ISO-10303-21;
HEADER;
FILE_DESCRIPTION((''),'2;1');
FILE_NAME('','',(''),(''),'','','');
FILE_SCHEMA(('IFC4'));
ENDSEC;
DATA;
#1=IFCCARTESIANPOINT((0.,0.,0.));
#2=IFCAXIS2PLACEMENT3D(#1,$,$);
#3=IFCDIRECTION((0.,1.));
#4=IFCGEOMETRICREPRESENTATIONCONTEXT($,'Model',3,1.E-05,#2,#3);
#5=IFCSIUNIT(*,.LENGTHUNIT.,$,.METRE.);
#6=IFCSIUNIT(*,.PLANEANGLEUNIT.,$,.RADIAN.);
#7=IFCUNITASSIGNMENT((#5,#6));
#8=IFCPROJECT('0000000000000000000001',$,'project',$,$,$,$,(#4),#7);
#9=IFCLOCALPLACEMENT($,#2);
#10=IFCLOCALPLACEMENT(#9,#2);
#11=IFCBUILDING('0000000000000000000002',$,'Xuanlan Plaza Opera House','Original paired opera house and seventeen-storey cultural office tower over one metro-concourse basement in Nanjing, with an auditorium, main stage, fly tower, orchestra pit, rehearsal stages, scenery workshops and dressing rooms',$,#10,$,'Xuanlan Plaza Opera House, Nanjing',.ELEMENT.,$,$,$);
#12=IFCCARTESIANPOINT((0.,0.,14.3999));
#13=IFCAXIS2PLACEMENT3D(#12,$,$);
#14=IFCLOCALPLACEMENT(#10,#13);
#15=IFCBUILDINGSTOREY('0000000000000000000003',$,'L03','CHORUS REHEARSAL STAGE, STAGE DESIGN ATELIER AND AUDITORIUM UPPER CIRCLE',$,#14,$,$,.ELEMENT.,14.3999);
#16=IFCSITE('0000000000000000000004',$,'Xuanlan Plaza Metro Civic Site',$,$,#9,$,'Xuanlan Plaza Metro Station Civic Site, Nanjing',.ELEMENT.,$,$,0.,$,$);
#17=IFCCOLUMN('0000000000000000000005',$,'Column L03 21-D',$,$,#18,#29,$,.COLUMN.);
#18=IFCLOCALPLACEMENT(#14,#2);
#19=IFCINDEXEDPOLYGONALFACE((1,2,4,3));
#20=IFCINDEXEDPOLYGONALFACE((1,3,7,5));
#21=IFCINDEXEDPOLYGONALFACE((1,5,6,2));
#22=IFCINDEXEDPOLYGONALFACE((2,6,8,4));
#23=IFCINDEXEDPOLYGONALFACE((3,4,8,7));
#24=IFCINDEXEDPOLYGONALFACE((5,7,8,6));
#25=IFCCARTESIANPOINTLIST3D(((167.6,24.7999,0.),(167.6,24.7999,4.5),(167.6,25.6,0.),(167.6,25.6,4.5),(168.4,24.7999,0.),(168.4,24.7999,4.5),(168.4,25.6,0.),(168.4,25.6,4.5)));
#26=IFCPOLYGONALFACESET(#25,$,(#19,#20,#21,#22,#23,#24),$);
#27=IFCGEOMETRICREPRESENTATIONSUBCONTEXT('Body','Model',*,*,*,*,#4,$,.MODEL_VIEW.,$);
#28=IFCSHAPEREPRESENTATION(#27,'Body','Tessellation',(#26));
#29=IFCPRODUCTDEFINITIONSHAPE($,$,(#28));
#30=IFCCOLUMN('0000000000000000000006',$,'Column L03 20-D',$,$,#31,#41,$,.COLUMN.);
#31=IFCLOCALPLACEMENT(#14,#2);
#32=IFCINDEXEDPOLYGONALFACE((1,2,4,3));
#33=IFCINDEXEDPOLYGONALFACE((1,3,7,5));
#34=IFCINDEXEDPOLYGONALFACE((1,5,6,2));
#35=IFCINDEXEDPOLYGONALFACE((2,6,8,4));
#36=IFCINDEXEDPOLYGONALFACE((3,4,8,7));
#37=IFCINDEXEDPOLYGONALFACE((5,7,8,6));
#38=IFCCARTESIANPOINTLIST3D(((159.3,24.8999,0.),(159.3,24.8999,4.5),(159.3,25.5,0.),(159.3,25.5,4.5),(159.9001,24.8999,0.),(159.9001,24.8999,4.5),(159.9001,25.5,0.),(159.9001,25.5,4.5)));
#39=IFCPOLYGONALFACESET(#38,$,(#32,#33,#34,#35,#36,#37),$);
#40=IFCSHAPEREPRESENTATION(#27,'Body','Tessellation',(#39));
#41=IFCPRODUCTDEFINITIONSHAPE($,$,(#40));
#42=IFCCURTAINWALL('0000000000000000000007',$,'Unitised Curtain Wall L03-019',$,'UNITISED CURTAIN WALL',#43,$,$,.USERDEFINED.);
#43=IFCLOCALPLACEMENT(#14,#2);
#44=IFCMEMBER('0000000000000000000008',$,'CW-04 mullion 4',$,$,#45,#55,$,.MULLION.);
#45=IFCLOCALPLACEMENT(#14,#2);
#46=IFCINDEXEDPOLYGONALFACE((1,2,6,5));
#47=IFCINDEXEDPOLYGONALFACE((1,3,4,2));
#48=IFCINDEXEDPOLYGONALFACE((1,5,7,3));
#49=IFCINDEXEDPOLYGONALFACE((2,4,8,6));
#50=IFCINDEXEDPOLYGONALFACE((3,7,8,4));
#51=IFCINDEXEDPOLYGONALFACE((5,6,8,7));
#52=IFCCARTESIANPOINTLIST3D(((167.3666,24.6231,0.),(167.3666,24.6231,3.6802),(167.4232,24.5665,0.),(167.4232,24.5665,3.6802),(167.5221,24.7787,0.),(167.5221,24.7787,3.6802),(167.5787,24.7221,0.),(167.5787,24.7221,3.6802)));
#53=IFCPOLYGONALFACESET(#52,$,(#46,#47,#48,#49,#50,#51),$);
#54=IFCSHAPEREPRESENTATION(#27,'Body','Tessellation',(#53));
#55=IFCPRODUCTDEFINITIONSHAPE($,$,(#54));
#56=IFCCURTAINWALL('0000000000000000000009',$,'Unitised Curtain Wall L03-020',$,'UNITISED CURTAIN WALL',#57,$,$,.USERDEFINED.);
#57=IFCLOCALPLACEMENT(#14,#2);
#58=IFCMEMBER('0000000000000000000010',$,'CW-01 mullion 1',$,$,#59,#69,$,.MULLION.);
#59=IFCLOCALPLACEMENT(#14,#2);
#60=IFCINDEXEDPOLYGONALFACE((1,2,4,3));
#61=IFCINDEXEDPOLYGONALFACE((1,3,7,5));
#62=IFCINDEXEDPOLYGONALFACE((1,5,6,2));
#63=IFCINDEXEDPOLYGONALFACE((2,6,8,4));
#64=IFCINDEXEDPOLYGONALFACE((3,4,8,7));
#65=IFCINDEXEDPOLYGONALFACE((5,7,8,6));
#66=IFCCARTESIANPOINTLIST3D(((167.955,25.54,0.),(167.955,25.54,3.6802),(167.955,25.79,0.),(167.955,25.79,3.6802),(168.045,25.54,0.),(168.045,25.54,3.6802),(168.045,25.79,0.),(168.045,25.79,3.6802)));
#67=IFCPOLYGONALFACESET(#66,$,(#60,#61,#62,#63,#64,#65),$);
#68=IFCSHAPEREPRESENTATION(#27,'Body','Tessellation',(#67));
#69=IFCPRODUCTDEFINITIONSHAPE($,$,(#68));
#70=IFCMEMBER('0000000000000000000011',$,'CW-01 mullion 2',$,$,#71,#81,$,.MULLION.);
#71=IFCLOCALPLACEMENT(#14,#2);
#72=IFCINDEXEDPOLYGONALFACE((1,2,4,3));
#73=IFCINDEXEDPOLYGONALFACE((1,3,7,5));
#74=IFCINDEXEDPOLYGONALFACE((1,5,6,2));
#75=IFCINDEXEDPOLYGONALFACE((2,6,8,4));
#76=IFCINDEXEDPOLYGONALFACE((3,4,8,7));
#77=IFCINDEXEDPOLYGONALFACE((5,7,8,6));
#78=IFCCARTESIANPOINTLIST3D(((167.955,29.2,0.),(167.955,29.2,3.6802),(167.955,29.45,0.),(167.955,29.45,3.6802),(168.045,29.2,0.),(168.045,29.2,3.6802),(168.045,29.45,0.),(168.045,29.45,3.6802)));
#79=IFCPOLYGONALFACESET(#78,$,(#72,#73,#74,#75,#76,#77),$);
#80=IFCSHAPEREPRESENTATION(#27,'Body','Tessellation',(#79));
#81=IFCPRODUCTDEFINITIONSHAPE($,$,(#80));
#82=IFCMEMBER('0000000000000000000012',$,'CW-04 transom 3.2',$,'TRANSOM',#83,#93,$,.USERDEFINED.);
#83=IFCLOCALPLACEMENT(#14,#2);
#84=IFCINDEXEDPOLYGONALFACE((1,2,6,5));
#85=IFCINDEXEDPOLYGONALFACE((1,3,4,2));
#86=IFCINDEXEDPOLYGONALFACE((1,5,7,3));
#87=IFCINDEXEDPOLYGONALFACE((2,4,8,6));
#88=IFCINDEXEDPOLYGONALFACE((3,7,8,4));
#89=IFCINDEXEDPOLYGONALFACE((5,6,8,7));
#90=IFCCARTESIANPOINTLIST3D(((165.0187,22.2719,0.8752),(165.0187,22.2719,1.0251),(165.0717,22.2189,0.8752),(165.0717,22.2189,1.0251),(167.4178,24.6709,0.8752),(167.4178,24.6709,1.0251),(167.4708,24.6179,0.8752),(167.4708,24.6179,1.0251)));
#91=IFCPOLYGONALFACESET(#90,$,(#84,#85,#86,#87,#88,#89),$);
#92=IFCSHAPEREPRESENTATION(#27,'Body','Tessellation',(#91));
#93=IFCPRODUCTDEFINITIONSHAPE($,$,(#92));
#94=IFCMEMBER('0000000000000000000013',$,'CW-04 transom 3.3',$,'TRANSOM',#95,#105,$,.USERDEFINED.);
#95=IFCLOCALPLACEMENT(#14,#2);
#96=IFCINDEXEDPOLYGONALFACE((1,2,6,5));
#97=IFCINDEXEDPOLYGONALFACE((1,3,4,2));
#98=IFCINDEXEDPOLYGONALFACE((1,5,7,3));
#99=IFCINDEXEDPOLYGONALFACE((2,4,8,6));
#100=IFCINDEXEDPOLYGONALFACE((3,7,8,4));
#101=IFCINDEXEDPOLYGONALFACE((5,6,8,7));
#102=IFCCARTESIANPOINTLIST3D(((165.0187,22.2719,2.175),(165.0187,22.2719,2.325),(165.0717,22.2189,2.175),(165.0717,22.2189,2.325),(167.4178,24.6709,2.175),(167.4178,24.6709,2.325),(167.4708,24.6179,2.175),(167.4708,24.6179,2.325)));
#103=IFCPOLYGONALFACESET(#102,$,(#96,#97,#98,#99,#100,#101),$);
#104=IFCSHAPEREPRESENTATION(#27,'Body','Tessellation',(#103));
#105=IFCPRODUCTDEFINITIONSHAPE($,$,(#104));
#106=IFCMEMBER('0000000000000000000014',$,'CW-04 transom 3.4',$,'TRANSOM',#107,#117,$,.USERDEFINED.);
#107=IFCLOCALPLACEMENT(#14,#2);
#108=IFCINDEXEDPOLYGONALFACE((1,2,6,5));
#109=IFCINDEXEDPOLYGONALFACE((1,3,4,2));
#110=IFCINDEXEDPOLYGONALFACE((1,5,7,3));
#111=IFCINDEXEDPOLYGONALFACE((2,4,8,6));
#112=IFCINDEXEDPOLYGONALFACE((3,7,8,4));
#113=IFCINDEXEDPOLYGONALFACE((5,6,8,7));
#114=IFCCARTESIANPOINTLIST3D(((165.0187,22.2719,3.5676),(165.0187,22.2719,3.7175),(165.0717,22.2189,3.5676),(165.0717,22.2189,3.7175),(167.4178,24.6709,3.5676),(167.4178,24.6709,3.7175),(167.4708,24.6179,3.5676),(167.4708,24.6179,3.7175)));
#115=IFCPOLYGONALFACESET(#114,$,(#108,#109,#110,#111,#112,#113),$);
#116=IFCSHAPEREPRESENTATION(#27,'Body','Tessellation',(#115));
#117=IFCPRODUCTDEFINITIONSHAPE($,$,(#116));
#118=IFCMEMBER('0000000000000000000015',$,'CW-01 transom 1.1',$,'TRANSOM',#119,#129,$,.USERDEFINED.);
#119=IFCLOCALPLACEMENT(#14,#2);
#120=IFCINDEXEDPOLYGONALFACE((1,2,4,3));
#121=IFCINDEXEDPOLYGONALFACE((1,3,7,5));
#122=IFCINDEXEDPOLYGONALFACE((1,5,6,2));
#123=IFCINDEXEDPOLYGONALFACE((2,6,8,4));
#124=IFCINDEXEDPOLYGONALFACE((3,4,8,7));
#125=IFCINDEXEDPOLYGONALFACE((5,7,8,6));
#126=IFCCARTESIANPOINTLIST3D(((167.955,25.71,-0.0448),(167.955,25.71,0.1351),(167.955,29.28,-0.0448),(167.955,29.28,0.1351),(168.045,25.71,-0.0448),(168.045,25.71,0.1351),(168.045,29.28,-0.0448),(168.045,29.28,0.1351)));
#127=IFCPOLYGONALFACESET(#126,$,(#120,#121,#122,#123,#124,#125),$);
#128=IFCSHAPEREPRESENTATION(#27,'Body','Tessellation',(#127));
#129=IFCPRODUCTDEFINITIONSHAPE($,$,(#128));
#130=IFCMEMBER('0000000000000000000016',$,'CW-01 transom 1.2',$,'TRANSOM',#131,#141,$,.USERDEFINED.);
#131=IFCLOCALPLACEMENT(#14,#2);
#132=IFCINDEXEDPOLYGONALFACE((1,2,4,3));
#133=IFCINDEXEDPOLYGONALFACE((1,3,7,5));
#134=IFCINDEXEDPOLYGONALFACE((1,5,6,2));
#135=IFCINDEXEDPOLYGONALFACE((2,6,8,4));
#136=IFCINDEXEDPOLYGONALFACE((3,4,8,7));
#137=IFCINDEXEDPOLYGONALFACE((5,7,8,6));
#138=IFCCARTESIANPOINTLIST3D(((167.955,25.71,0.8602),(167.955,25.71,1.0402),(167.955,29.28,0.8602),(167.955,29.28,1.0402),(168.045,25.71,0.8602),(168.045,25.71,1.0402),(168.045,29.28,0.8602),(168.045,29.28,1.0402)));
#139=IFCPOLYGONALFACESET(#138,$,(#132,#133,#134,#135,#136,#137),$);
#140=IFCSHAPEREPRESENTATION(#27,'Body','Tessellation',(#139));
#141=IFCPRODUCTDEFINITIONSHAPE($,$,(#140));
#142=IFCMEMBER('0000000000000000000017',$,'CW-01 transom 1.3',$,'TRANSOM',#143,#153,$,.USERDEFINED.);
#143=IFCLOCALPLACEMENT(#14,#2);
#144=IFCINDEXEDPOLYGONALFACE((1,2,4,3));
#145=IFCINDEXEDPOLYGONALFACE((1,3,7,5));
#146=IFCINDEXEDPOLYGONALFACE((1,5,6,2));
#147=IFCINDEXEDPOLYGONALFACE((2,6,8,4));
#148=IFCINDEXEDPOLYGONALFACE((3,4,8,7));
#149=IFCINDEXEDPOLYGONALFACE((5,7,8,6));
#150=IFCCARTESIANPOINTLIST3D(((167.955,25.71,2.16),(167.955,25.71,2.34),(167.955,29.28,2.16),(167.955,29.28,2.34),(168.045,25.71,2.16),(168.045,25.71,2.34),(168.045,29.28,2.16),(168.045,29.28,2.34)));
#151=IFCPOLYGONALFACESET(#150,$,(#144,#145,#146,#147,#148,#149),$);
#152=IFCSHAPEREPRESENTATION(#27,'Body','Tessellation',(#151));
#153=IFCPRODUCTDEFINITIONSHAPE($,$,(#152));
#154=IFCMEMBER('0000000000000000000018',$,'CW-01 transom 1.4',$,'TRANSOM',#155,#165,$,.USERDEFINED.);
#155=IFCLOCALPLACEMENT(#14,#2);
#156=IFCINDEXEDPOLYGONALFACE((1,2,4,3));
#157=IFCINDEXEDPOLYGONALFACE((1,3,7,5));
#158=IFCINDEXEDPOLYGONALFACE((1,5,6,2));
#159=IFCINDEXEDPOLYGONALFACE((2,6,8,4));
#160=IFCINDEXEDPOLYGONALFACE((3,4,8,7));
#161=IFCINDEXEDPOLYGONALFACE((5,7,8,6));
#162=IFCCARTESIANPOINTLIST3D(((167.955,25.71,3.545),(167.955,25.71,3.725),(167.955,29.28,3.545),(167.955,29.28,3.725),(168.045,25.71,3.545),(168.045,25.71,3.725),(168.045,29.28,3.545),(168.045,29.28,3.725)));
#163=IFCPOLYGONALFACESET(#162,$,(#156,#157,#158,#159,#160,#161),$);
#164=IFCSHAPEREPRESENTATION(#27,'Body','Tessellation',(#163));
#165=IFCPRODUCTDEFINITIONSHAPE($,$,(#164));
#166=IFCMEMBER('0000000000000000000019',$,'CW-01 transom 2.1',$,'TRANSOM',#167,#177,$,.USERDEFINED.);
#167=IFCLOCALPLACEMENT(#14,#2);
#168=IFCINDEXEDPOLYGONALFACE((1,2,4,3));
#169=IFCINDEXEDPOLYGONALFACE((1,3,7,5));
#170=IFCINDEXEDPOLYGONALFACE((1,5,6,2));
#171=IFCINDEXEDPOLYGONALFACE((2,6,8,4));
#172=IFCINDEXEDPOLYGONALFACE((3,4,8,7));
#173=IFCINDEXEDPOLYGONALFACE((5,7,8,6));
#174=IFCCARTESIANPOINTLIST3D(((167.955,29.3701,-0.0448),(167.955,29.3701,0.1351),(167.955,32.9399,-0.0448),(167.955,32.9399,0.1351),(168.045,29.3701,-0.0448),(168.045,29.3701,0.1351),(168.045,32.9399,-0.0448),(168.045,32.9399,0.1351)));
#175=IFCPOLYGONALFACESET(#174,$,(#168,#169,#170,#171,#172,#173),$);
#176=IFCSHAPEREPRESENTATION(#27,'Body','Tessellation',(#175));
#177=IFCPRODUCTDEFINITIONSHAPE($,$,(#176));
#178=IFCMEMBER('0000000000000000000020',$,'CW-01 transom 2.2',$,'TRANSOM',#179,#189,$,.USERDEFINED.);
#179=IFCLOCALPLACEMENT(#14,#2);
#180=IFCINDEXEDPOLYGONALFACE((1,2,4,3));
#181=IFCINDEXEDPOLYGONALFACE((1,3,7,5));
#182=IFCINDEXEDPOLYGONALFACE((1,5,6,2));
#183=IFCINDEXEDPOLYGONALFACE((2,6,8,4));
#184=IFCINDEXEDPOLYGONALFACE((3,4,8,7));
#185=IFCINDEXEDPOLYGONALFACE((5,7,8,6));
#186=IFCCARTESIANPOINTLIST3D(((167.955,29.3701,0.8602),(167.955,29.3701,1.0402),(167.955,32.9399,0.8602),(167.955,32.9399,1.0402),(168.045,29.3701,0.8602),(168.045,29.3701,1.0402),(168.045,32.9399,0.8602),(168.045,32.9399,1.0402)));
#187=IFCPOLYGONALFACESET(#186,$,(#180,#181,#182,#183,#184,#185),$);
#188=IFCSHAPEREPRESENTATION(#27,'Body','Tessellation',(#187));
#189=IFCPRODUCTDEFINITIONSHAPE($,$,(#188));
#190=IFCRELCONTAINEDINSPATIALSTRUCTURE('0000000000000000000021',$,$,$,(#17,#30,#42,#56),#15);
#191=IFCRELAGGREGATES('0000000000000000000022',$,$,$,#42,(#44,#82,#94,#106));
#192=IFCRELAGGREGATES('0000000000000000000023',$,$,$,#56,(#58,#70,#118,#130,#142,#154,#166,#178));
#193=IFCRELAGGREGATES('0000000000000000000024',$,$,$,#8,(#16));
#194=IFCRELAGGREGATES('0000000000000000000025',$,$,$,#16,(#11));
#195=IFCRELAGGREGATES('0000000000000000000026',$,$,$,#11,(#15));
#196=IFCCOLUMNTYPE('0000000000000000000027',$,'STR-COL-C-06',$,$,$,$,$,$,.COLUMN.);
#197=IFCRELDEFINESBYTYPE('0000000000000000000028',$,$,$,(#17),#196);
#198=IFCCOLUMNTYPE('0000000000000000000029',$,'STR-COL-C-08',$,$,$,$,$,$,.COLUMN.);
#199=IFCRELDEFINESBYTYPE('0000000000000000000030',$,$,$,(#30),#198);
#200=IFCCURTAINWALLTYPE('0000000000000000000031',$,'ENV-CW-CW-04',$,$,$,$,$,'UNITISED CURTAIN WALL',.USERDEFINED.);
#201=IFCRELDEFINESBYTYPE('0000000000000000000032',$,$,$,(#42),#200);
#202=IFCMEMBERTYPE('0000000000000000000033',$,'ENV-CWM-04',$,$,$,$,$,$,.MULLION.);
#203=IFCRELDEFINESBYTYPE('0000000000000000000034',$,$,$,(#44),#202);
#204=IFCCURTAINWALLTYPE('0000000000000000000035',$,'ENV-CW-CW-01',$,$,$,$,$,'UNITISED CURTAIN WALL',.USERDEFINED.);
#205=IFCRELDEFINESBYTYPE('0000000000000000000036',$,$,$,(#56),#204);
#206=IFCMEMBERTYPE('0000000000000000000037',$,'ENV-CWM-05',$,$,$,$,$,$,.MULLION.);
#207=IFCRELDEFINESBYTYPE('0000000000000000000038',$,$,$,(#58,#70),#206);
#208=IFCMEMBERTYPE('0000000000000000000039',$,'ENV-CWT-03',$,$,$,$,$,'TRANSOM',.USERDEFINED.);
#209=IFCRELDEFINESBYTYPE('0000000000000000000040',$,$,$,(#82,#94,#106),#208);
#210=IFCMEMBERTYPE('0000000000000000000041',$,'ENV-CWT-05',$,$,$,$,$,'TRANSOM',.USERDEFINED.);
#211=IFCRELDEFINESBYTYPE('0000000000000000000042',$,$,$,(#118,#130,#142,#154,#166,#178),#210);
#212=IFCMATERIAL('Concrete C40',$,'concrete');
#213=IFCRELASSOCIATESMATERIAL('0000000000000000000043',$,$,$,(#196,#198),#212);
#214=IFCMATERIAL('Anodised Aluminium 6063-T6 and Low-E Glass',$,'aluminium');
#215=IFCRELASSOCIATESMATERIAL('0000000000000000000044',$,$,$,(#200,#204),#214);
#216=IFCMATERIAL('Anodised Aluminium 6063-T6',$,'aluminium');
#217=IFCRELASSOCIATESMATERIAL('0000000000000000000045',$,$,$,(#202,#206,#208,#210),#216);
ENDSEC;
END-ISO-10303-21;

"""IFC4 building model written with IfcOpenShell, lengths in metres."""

from ifc_helpers import new_model, si_unit, direction, frame, origin, origin_2d, place, context, subcontext, project, spatial, rectangle, extrude, material, material_profile, profile_set, type_object, element, aggregate, save


model = new_model("IFC4")

# Units and contexts
model_context = context("Model", 3, precision=1e-05, world=origin(), true_north=direction((0.0, 1.0)))
body_context = subcontext(model_context, "Body", "Model", "MODEL_VIEW")
ifc_project = project(units=[si_unit("LENGTHUNIT", "METRE"), si_unit("PLANEANGLEUNIT", "RADIAN")], contexts=[model_context])

# Site, building, storey
site_placement = place(None, origin())
site = spatial("IfcSite", under=ifc_project, at=site_placement, Name="Xuanlan Plaza Metro Civic Site", LongName="Xuanlan Plaza Metro Station Civic Site, Nanjing", CompositionType="ELEMENT", RefElevation=0.0)
building_placement = place(site_placement, origin())
building = spatial("IfcBuilding", under=site, at=building_placement, Name="Xuanlan Plaza Opera House", Description="Original paired opera house and seventeen-storey cultural office tower over one metro-concourse basement in Nanjing, with an auditorium, main stage, fly tower, orchestra pit, rehearsal stages, scenery workshops and dressing rooms", LongName="Xuanlan Plaza Opera House, Nanjing", CompositionType="ELEMENT")
storey_placement = place(building_placement, frame((0.0, 0.0, 14.3999)))
storey = spatial("IfcBuildingStorey", under=building, at=storey_placement, Name="L03", Description="CHORUS REHEARSAL STAGE, STAGE DESIGN ATELIER AND AUDITORIUM UPPER CIRCLE", CompositionType="ELEMENT", Elevation=14.3999)

# Columns
ifc_material_1 = material(Name="Concrete C40", Category="concrete")
ifc_material_profile_1 = material_profile(ifc_material_1, rectangle(XDim=0.8, YDim=0.8, at=origin_2d()), Name="RC-COL 800x800")
ifc_profile_set_1 = profile_set([ifc_material_profile_1], Name="Concrete C40")
column_type_1 = type_object("IfcColumnType", Name="STR-COL-C-06", PredefinedType="COLUMN", material=ifc_profile_set_1)
column_1_placement = place(storey_placement, frame((168.0, 25.2, 0.0), z_axis=(0.0, 0.0, 1.0), x_axis=(1.0, 0.0, 0.0)))
element("IfcColumn", 1, at=column_1_placement, inside=storey, type_object=column_type_1, Name="Column L03 21-D", PredefinedType="COLUMN", context=body_context, shape_type="SweptSolid", body=[
    extrude(rectangle(XDim=0.8, YDim=0.8, at=origin_2d()), origin(), (0.0, 0.0, 1.0), 4.5),
])
ifc_material_profile_2 = material_profile(ifc_material_1, rectangle(XDim=0.6001, YDim=0.6001, at=origin_2d()), Name="RC-COL 600x600")
ifc_profile_set_2 = profile_set([ifc_material_profile_2], Name="Concrete C40")
column_type_2 = type_object("IfcColumnType", Name="STR-COL-C-08", PredefinedType="COLUMN", material=ifc_profile_set_2)
column_2_placement = place(storey_placement, frame((159.6001, 25.2, 0.0), z_axis=(0.0, 0.0, 1.0), x_axis=(1.0, 0.0, 0.0)))
element("IfcColumn", 2, at=column_2_placement, inside=storey, type_object=column_type_2, Name="Column L03 20-D", PredefinedType="COLUMN", context=body_context, shape_type="SweptSolid", body=[
    extrude(rectangle(XDim=0.6001, YDim=0.6001, at=origin_2d()), origin(), (0.0, 0.0, 1.0), 4.5),
])

# Curtain wall, member
ifc_material_2 = material(Name="Anodised Aluminium 6063-T6 and Low-E Glass", Category="aluminium")
curtain_wall_type_1 = type_object("IfcCurtainWallType", Name="ENV-CW-CW-04", ElementType="UNITISED CURTAIN WALL", PredefinedType="USERDEFINED", material=ifc_material_2)
curtain_wall_1_placement = place(storey_placement, origin())
curtain_wall_1 = element("IfcCurtainWall", 3, at=curtain_wall_1_placement, inside=storey, type_object=curtain_wall_type_1, Name="Unitised Curtain Wall L03-019", ObjectType="UNITISED CURTAIN WALL", PredefinedType="USERDEFINED")
ifc_material_3 = material(Name="Anodised Aluminium 6063-T6", Category="aluminium")
ifc_material_profile_3 = material_profile(ifc_material_3, rectangle(XDim=0.0801, YDim=0.22, at=origin_2d()), Name="ALU-M 80x220")
ifc_profile_set_3 = profile_set([ifc_material_profile_3], Name="Anodised Aluminium 6063-T6")
member_type_1 = type_object("IfcMemberType", Name="ENV-CWM-04", PredefinedType="MULLION", material=ifc_profile_set_3)
member_1_placement = place(storey_placement, frame((167.4727, 24.6726, 0.0), z_axis=(0.0, 0.0, 1.0), x_axis=(-0.707107, 0.707107, 0.0)))
member_1 = element("IfcMember", 4, at=member_1_placement, type_object=member_type_1, Name="CW-04 mullion 4", PredefinedType="MULLION", context=body_context, shape_type="SweptSolid", body=[
    extrude(rectangle(XDim=0.0801, YDim=0.22, at=origin_2d()), origin(), (0.0, 0.0, 1.0), 3.6802),
])

# Curtain wall, members
curtain_wall_type_2 = type_object("IfcCurtainWallType", Name="ENV-CW-CW-01", ElementType="UNITISED CURTAIN WALL", PredefinedType="USERDEFINED", material=ifc_material_2)
curtain_wall_2_placement = place(storey_placement, origin())
curtain_wall_2 = element("IfcCurtainWall", 5, at=curtain_wall_2_placement, inside=storey, type_object=curtain_wall_type_2, Name="Unitised Curtain Wall L03-020", ObjectType="UNITISED CURTAIN WALL", PredefinedType="USERDEFINED")
ifc_material_profile_4 = material_profile(ifc_material_3, rectangle(XDim=0.0901, YDim=0.25, at=origin_2d()), Name="ALU-M 90x250")
ifc_profile_set_4 = profile_set([ifc_material_profile_4], Name="Anodised Aluminium 6063-T6")
member_type_2 = type_object("IfcMemberType", Name="ENV-CWM-05", PredefinedType="MULLION", material=ifc_profile_set_4)
member_2_placement = place(storey_placement, frame((168.0, 25.665, 0.0), z_axis=(0.0, 0.0, 1.0), x_axis=(-1.0, 0.0, 0.0)))
member_2 = element("IfcMember", 6, at=member_2_placement, type_object=member_type_2, Name="CW-01 mullion 1", PredefinedType="MULLION", context=body_context, shape_type="SweptSolid", body=[
    extrude(rectangle(XDim=0.0901, YDim=0.25, at=origin_2d()), origin(), (0.0, 0.0, 1.0), 3.6802),
])
member_3_placement = place(storey_placement, frame((168.0, 29.325, 0.0), z_axis=(0.0, 0.0, 1.0), x_axis=(-1.0, 0.0, 0.0)))
member_3 = element("IfcMember", 7, at=member_3_placement, type_object=member_type_2, Name="CW-01 mullion 2", PredefinedType="MULLION", context=body_context, shape_type="SweptSolid", body=[
    extrude(rectangle(XDim=0.0901, YDim=0.25, at=origin_2d()), origin(), (0.0, 0.0, 1.0), 3.6802),
])

# Members
ifc_material_profile_5 = material_profile(ifc_material_3, rectangle(XDim=0.075, YDim=0.1499, at=origin_2d()), Name="ALU-T 75x150")
ifc_profile_set_5 = profile_set([ifc_material_profile_5], Name="Anodised Aluminium 6063-T6")
member_type_3 = type_object("IfcMemberType", Name="ENV-CWT-03", ElementType="TRANSOM", PredefinedType="USERDEFINED", material=ifc_profile_set_5)
member_4_placement = place(storey_placement, frame((165.0452, 22.2454, 0.9502), z_axis=(0.707107, 0.707107, 0.0), x_axis=(-0.707107, 0.707107, 0.0)))
member_4 = element("IfcMember", 8, at=member_4_placement, type_object=member_type_3, Name="CW-04 transom 3.2", ObjectType="TRANSOM", PredefinedType="USERDEFINED", context=body_context, shape_type="SweptSolid", body=[
    extrude(rectangle(XDim=0.075, YDim=0.1499, at=origin_2d()), origin(), (0.0, 0.0, 1.0), 3.3928),
])
member_5_placement = place(storey_placement, frame((165.0452, 22.2454, 2.25), z_axis=(0.707107, 0.707107, 0.0), x_axis=(-0.707107, 0.707107, 0.0)))
member_5 = element("IfcMember", 9, at=member_5_placement, type_object=member_type_3, Name="CW-04 transom 3.3", ObjectType="TRANSOM", PredefinedType="USERDEFINED", context=body_context, shape_type="SweptSolid", body=[
    extrude(rectangle(XDim=0.075, YDim=0.1499, at=origin_2d()), origin(), (0.0, 0.0, 1.0), 3.3928),
])
member_6_placement = place(storey_placement, frame((165.0452, 22.2454, 3.6426), z_axis=(0.707107, 0.707107, 0.0), x_axis=(-0.707107, 0.707107, 0.0)))
member_6 = element("IfcMember", 10, at=member_6_placement, type_object=member_type_3, Name="CW-04 transom 3.4", ObjectType="TRANSOM", PredefinedType="USERDEFINED", context=body_context, shape_type="SweptSolid", body=[
    extrude(rectangle(XDim=0.075, YDim=0.1499, at=origin_2d()), origin(), (0.0, 0.0, 1.0), 3.3928),
])
ifc_material_profile_6 = material_profile(ifc_material_3, rectangle(XDim=0.0901, YDim=0.1799, at=origin_2d()), Name="ALU-T 90x180")
ifc_profile_set_6 = profile_set([ifc_material_profile_6], Name="Anodised Aluminium 6063-T6")
member_type_4 = type_object("IfcMemberType", Name="ENV-CWT-05", ElementType="TRANSOM", PredefinedType="USERDEFINED", material=ifc_profile_set_6)
member_7_placement = place(storey_placement, frame((168.0, 25.71, 0.0452), z_axis=(0.0, 1.0, 0.0), x_axis=(-1.0, 0.0, 0.0)))
member_7 = element("IfcMember", 11, at=member_7_placement, type_object=member_type_4, Name="CW-01 transom 1.1", ObjectType="TRANSOM", PredefinedType="USERDEFINED", context=body_context, shape_type="SweptSolid", body=[
    extrude(rectangle(XDim=0.0901, YDim=0.1799, at=origin_2d()), origin(), (0.0, 0.0, 1.0), 3.5701),
])
member_8_placement = place(storey_placement, frame((168.0, 25.71, 0.9502), z_axis=(0.0, 1.0, 0.0), x_axis=(-1.0, 0.0, 0.0)))
member_8 = element("IfcMember", 12, at=member_8_placement, type_object=member_type_4, Name="CW-01 transom 1.2", ObjectType="TRANSOM", PredefinedType="USERDEFINED", context=body_context, shape_type="SweptSolid", body=[
    extrude(rectangle(XDim=0.0901, YDim=0.1799, at=origin_2d()), origin(), (0.0, 0.0, 1.0), 3.5701),
])
member_9_placement = place(storey_placement, frame((168.0, 25.71, 2.25), z_axis=(0.0, 1.0, 0.0), x_axis=(-1.0, 0.0, 0.0)))
member_9 = element("IfcMember", 13, at=member_9_placement, type_object=member_type_4, Name="CW-01 transom 1.3", ObjectType="TRANSOM", PredefinedType="USERDEFINED", context=body_context, shape_type="SweptSolid", body=[
    extrude(rectangle(XDim=0.0901, YDim=0.1799, at=origin_2d()), origin(), (0.0, 0.0, 1.0), 3.5701),
])
member_10_placement = place(storey_placement, frame((168.0, 25.71, 3.635), z_axis=(0.0, 1.0, 0.0), x_axis=(-1.0, 0.0, 0.0)))
member_10 = element("IfcMember", 14, at=member_10_placement, type_object=member_type_4, Name="CW-01 transom 1.4", ObjectType="TRANSOM", PredefinedType="USERDEFINED", context=body_context, shape_type="SweptSolid", body=[
    extrude(rectangle(XDim=0.0901, YDim=0.1799, at=origin_2d()), origin(), (0.0, 0.0, 1.0), 3.5701),
])
member_11_placement = place(storey_placement, frame((168.0, 29.3701, 0.0452), z_axis=(0.0, 1.0, 0.0), x_axis=(-1.0, 0.0, 0.0)))
member_11 = element("IfcMember", 15, at=member_11_placement, type_object=member_type_4, Name="CW-01 transom 2.1", ObjectType="TRANSOM", PredefinedType="USERDEFINED", context=body_context, shape_type="SweptSolid", body=[
    extrude(rectangle(XDim=0.0901, YDim=0.1799, at=origin_2d()), origin(), (0.0, 0.0, 1.0), 3.5698),
])
member_12_placement = place(storey_placement, frame((168.0, 29.3701, 0.9502), z_axis=(0.0, 1.0, 0.0), x_axis=(-1.0, 0.0, 0.0)))
member_12 = element("IfcMember", 16, at=member_12_placement, type_object=member_type_4, Name="CW-01 transom 2.2", ObjectType="TRANSOM", PredefinedType="USERDEFINED", context=body_context, shape_type="SweptSolid", body=[
    extrude(rectangle(XDim=0.0901, YDim=0.1799, at=origin_2d()), origin(), (0.0, 0.0, 1.0), 3.5698),
])

aggregate(curtain_wall_1, [member_1, member_4, member_5, member_6])
aggregate(curtain_wall_2, [member_2, member_3, member_7, member_8, member_9, member_10, member_11, member_12])

save(model, "model.ifc")
